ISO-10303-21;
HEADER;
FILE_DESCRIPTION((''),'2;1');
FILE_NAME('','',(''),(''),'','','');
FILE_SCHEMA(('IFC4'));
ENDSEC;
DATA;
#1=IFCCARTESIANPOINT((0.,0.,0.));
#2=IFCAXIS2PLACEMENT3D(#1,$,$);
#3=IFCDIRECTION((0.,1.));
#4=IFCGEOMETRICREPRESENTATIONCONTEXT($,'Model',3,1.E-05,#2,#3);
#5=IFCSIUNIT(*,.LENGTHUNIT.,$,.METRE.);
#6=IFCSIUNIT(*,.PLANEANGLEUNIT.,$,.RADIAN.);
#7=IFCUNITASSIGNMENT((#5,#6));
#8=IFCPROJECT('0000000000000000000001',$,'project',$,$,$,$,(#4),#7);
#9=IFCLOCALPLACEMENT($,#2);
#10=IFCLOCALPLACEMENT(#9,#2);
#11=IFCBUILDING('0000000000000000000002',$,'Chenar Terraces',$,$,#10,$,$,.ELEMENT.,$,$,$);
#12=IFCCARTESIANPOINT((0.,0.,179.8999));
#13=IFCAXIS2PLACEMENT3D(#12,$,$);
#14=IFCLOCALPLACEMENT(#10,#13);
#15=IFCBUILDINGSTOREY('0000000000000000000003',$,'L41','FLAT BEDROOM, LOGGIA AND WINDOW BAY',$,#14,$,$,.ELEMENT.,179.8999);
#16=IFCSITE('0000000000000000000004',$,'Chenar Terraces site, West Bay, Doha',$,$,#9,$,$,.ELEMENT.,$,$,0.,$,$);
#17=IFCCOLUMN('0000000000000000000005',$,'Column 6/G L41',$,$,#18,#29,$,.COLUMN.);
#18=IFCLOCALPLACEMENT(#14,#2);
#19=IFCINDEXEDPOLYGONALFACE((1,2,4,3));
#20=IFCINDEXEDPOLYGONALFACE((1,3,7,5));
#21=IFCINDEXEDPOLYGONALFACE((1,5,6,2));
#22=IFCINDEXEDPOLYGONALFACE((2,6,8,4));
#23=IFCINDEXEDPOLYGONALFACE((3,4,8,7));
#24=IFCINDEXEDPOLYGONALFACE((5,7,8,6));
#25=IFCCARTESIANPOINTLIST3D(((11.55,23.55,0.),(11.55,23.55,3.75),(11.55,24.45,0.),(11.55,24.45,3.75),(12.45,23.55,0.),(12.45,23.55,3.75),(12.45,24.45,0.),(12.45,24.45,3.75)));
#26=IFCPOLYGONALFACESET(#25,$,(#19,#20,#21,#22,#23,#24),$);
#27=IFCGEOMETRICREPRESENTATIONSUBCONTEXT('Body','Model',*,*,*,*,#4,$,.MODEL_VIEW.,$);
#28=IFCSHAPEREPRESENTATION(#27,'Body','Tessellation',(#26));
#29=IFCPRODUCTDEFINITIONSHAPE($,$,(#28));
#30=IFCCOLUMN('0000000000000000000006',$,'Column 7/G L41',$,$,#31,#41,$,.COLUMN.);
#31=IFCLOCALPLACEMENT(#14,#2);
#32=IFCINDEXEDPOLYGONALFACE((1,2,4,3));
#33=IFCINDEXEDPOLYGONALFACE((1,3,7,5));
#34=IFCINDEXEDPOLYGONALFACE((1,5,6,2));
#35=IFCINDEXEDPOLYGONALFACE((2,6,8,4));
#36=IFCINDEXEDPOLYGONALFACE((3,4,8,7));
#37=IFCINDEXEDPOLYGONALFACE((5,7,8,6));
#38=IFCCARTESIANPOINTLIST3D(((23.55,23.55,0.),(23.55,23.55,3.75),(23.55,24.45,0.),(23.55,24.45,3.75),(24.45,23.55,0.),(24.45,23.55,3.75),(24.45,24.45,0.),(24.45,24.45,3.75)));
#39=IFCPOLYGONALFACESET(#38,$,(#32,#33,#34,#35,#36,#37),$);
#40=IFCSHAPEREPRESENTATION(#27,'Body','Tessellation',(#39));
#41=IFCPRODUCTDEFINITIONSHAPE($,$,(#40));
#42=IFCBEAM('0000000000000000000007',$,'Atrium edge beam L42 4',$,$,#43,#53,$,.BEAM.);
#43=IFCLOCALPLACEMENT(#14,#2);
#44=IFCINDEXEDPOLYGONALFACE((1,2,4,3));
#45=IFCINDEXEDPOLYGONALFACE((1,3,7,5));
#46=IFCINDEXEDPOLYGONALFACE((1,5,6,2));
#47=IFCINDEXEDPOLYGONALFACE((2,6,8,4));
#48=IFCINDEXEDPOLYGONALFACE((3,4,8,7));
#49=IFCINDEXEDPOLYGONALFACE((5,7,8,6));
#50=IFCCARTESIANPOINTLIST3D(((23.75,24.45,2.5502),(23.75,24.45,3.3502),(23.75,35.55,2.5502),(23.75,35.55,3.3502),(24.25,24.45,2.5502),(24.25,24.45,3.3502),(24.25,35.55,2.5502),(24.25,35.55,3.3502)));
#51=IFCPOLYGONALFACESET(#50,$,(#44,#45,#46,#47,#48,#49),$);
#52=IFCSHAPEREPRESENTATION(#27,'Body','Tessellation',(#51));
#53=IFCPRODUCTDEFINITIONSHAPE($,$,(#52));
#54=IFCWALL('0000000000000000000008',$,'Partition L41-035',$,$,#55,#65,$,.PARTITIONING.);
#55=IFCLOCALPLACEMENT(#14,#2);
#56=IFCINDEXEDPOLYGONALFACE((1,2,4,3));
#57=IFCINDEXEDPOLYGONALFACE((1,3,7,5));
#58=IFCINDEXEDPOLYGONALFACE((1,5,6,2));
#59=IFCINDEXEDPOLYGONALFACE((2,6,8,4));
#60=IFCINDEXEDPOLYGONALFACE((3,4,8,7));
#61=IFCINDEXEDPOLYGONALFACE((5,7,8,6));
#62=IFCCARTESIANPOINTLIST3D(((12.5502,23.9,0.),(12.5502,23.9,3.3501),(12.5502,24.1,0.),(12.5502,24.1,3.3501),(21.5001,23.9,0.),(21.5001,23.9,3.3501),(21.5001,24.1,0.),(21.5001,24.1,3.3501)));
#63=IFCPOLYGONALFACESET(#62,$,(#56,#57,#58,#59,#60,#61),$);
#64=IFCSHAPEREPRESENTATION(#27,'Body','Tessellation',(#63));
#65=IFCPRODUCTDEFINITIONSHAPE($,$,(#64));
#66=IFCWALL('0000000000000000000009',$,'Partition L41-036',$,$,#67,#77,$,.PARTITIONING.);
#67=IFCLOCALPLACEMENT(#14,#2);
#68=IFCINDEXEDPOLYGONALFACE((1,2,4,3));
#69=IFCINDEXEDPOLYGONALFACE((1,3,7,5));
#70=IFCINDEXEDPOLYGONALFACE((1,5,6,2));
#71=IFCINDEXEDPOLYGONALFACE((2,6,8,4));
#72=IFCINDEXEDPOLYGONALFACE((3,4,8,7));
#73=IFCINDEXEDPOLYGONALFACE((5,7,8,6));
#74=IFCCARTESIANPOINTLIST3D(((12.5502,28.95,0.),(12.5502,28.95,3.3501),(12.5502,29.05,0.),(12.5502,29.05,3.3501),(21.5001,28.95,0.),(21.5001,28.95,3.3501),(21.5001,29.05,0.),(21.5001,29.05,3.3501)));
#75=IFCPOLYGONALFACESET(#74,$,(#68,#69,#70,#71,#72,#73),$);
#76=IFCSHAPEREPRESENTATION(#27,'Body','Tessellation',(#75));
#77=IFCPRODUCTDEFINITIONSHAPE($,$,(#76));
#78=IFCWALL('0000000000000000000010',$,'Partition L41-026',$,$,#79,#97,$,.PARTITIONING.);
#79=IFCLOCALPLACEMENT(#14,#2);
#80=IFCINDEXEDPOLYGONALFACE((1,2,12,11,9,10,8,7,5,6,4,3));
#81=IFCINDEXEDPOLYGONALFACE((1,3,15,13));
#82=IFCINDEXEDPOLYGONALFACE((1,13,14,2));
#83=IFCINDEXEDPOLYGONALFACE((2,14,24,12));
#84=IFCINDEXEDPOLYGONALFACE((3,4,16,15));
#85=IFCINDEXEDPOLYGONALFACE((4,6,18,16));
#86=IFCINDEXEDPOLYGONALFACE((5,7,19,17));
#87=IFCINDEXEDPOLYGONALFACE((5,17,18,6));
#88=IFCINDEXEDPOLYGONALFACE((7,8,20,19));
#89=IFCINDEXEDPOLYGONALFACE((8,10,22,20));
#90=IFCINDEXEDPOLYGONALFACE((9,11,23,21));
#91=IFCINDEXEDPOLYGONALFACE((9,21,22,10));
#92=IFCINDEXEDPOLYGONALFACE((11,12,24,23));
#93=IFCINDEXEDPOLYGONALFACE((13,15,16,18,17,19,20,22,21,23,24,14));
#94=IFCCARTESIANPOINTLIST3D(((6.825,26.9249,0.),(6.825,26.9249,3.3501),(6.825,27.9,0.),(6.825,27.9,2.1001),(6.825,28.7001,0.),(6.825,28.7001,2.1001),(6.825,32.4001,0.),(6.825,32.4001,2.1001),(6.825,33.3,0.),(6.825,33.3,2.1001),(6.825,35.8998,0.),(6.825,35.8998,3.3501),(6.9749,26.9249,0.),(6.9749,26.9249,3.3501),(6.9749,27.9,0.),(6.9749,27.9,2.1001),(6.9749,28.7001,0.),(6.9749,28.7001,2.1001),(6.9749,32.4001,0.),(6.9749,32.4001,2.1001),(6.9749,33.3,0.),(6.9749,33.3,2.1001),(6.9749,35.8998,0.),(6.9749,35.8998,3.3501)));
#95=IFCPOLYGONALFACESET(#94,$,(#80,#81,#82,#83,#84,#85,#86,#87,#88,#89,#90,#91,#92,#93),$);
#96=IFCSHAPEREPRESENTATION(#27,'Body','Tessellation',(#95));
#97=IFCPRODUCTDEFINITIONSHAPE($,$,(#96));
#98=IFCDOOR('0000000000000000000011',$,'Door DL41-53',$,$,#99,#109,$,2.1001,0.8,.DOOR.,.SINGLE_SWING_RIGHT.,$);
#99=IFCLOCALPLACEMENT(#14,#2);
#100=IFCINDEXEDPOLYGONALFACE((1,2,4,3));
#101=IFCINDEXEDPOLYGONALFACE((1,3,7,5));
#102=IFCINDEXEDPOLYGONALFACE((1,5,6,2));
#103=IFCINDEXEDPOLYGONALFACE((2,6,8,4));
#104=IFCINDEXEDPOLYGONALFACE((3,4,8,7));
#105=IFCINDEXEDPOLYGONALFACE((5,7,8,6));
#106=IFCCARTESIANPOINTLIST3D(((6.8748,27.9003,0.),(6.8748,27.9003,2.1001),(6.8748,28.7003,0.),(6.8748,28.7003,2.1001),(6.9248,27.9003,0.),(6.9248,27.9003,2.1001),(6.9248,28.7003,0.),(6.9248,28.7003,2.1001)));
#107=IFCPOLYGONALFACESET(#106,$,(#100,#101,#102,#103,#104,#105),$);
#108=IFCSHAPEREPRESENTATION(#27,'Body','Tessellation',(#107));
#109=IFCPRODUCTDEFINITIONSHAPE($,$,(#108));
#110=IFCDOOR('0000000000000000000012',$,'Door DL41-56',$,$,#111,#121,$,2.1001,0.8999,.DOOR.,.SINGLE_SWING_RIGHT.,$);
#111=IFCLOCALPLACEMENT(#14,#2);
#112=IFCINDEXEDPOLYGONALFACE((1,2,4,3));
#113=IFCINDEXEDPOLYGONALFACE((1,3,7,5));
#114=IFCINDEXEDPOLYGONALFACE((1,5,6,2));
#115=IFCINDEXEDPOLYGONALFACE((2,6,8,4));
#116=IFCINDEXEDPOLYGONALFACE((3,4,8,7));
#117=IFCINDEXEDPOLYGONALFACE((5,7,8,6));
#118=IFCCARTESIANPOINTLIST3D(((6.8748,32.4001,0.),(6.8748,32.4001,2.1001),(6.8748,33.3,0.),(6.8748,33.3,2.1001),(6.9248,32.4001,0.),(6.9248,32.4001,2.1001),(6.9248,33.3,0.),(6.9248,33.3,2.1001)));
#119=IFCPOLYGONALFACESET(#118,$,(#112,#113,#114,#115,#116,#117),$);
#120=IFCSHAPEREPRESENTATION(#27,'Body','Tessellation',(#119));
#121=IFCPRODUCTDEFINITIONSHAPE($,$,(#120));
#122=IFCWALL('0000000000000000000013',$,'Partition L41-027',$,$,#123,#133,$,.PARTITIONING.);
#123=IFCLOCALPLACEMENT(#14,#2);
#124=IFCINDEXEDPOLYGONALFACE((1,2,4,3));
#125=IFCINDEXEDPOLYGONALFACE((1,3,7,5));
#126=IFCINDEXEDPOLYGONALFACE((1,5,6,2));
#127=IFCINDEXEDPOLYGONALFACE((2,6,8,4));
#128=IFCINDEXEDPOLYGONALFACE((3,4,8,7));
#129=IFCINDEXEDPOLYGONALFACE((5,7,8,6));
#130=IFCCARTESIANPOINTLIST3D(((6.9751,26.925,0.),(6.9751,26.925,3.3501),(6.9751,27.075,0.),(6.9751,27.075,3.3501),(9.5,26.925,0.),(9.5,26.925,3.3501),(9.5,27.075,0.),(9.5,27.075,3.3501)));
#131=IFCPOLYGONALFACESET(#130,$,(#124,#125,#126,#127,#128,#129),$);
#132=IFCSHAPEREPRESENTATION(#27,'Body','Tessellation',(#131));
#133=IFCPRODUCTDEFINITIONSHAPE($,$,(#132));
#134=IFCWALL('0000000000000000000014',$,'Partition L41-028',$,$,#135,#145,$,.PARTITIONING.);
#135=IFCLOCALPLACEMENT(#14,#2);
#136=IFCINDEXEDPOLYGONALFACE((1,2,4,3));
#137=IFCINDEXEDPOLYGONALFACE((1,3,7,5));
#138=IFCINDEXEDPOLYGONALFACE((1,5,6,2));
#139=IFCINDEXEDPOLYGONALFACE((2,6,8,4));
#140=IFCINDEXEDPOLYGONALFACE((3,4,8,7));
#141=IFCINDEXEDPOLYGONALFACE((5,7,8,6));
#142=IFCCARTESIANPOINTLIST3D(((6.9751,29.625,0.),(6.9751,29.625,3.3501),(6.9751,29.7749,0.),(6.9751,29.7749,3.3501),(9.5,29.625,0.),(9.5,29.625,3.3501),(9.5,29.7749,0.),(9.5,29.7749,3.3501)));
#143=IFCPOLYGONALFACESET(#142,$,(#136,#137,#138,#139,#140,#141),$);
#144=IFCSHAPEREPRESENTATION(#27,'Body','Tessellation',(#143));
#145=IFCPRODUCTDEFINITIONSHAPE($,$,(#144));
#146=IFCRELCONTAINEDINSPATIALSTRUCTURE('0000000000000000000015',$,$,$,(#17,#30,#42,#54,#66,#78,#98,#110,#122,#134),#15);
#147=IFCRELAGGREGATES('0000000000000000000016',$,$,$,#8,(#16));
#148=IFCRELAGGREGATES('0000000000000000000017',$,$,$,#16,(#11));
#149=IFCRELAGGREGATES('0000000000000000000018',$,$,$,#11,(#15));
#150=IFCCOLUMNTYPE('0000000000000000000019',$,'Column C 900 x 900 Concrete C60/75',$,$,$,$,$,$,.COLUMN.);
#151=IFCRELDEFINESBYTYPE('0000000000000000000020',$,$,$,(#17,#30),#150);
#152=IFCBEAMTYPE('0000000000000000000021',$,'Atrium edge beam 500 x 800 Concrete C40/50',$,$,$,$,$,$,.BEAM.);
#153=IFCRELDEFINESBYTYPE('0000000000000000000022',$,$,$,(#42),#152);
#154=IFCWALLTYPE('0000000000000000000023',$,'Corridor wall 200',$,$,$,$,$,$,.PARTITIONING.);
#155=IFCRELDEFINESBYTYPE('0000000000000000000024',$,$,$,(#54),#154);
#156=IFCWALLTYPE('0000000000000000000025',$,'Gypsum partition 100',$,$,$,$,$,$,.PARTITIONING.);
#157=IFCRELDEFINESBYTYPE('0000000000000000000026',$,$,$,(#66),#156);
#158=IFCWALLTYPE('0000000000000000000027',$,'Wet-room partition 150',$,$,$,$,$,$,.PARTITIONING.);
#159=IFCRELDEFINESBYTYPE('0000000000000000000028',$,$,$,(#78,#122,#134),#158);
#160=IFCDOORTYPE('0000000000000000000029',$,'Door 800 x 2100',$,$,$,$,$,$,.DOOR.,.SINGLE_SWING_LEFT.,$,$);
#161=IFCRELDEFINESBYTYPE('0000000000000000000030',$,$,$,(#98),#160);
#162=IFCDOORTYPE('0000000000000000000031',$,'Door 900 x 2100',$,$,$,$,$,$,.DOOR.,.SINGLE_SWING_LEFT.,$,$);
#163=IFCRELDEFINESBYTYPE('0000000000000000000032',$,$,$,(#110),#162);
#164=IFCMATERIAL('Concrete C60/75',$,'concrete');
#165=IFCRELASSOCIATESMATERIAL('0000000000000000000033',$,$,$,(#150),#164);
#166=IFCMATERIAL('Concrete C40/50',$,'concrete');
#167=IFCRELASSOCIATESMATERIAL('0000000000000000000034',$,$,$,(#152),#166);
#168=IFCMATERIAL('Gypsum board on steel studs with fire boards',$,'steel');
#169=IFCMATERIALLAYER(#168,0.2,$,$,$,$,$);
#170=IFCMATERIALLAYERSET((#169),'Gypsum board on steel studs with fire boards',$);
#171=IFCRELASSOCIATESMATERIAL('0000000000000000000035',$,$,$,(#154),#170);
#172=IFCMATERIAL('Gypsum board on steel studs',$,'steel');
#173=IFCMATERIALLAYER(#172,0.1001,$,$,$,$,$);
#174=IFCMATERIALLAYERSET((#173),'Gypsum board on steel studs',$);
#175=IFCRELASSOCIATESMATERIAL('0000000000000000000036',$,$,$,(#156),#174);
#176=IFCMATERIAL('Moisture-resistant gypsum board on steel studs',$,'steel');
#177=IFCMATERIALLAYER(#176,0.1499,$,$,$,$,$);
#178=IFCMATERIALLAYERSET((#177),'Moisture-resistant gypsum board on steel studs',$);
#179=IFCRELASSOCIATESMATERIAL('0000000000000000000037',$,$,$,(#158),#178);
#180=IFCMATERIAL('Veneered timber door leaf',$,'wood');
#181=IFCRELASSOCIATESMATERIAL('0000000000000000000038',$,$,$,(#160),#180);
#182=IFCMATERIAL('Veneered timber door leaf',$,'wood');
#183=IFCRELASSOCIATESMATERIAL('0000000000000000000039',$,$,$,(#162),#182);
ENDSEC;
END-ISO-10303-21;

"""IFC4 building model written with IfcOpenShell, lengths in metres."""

from ifc_helpers import new_model, si_unit, direction, frame, frame_2d, origin, origin_2d, place, context, subcontext, project, spatial, rectangle, extrude, material, layer, layer_set, material_profile, profile_set, type_object, element, fill, save


model = new_model("IFC4")

# Units and contexts
model_context = context("Model", 3, precision=1e-05, world=origin(), true_north=direction((0.0, 1.0)))
body_context = subcontext(model_context, "Body", "Model", "MODEL_VIEW")
ifc_project = project(units=[si_unit("LENGTHUNIT", "METRE"), si_unit("PLANEANGLEUNIT", "RADIAN")], contexts=[model_context])

# Site, building, storey
site_placement = place(None, origin())
site = spatial("IfcSite", under=ifc_project, at=site_placement, Name="Chenar Terraces site, West Bay, Doha", CompositionType="ELEMENT", RefElevation=0.0)
building_placement = place(site_placement, origin())
building = spatial("IfcBuilding", under=site, at=building_placement, Name="Chenar Terraces", CompositionType="ELEMENT")
storey_placement = place(building_placement, frame((0.0, 0.0, 179.8999)))
storey = spatial("IfcBuildingStorey", under=building, at=storey_placement, Name="L41", Description="FLAT BEDROOM, LOGGIA AND WINDOW BAY", CompositionType="ELEMENT", Elevation=179.8999)

# Columns
ifc_material_1 = material(Name="Concrete C60/75", Category="concrete")
ifc_material_profile_1 = material_profile(ifc_material_1, rectangle(XDim=0.8999, YDim=0.8999, at=origin_2d()), Name="C 900 x 900")
ifc_profile_set_1 = profile_set([ifc_material_profile_1], Name="Concrete C60/75")
column_type = type_object("IfcColumnType", Name="Column C 900 x 900 Concrete C60/75", PredefinedType="COLUMN", material=ifc_profile_set_1)
for number, where, z_axis, x_axis, name in (
    (1, (12.0, 24.0, 0.0), (0.0, 0.0, 1.0), (1.0, 0.0, 0.0), "Column 6/G L41"),
    (2, (24.0, 24.0, 0.0), (0.0, 0.0, 1.0), (1.0, 0.0, 0.0), "Column 7/G L41"),
):
    element("IfcColumn", number, at=place(storey_placement, frame(where, z_axis=z_axis, x_axis=x_axis)), inside=storey, type_object=column_type, Name=name, PredefinedType="COLUMN", context=body_context, shape_type="SweptSolid", body=[
        extrude(rectangle(XDim=0.8999, YDim=0.8999, at=origin_2d()), origin(), (0.0, 0.0, 1.0), 3.75),
    ])

# Beam
ifc_material_2 = material(Name="Concrete C40/50", Category="concrete")
ifc_material_profile_2 = material_profile(ifc_material_2, rectangle(XDim=0.5, YDim=0.8, at=origin_2d()), Name="RC 500 x 800")
ifc_profile_set_2 = profile_set([ifc_material_profile_2], Name="Concrete C40/50")
beam_type = type_object("IfcBeamType", Name="Atrium edge beam 500 x 800 Concrete C40/50", PredefinedType="BEAM", material=ifc_profile_set_2)
beam_placement = place(storey_placement, frame((24.0, 35.55, 2.9502), z_axis=(0.0, -1.0, 0.0), x_axis=(1.0, 0.0, 0.0)))
element("IfcBeam", 3, at=beam_placement, inside=storey, type_object=beam_type, Name="Atrium edge beam L42 4", PredefinedType="BEAM", context=body_context, shape_type="SweptSolid", body=[
    extrude(rectangle(XDim=0.5, YDim=0.8, at=origin_2d()), origin(), (0.0, 0.0, 1.0), 11.1001),
])

# Walls
ifc_material_3 = material(Name="Gypsum board on steel studs with fire boards", Category="steel")
ifc_layer_1 = layer(ifc_material_3, 0.2)
ifc_layer_set_1 = layer_set([ifc_layer_1], Name="Gypsum board on steel studs with fire boards")
wall_type_1 = type_object("IfcWallType", Name="Corridor wall 200", PredefinedType="PARTITIONING", material=ifc_layer_set_1)
wall_1_placement = place(storey_placement, frame((12.55, 24.0, 0.0), z_axis=(0.0, 0.0, 1.0), x_axis=(1.0, 0.0, 0.0)))
element("IfcWall", 4, at=wall_1_placement, inside=storey, type_object=wall_type_1, Name="Partition L41-035", PredefinedType="PARTITIONING", context=body_context, shape_type="SweptSolid", body=[
    extrude(rectangle(XDim=8.95, YDim=0.2, at=frame_2d((4.4751, 0.0))), origin(), (0.0, 0.0, 1.0), 3.3501),
])
ifc_material_4 = material(Name="Gypsum board on steel studs", Category="steel")
ifc_layer_2 = layer(ifc_material_4, 0.1001)
ifc_layer_set_2 = layer_set([ifc_layer_2], Name="Gypsum board on steel studs")
wall_type_2 = type_object("IfcWallType", Name="Gypsum partition 100", PredefinedType="PARTITIONING", material=ifc_layer_set_2)
wall_2_placement = place(storey_placement, frame((12.55, 29.0, 0.0), z_axis=(0.0, 0.0, 1.0), x_axis=(1.0, 0.0, 0.0)))
element("IfcWall", 5, at=wall_2_placement, inside=storey, type_object=wall_type_2, Name="Partition L41-036", PredefinedType="PARTITIONING", context=body_context, shape_type="SweptSolid", body=[
    extrude(rectangle(XDim=8.95, YDim=0.1001, at=frame_2d((4.4751, 0.0))), origin(), (0.0, 0.0, 1.0), 3.3501),
])

# Wall, openings, doors
ifc_material_5 = material(Name="Moisture-resistant gypsum board on steel studs", Category="steel")
ifc_layer_3 = layer(ifc_material_5, 0.1499)
ifc_layer_set_3 = layer_set([ifc_layer_3], Name="Moisture-resistant gypsum board on steel studs")
wall_type_3 = type_object("IfcWallType", Name="Wet-room partition 150", PredefinedType="PARTITIONING", material=ifc_layer_set_3)
wall_3_placement = place(storey_placement, frame((6.8999, 26.925, 0.0), z_axis=(0.0, 0.0, 1.0), x_axis=(0.0, 1.0, 0.0)))
wall_3 = element("IfcWall", 6, at=wall_3_placement, inside=storey, type_object=wall_type_3, Name="Partition L41-026", PredefinedType="PARTITIONING", context=body_context, shape_type="SweptSolid", body=[
    extrude(rectangle(XDim=8.9749, YDim=0.1499, at=frame_2d((4.4873, 0.0))), origin(), (0.0, 0.0, 1.0), 3.3501),
])
opening_1_placement = place(wall_3_placement, frame((0.9751, 0.0, 0.0)))
opening_1 = element("IfcOpeningElement", 7, at=opening_1_placement, cuts=wall_3, PredefinedType="OPENING", context=body_context, shape_type="SweptSolid", body=[
    extrude(rectangle(XDim=0.8, YDim=2.1001, at=frame_2d((0.3999, 1.05))), frame((0.0, 0.085, 0.0), z_axis=(0.0, -1.0, 0.0), x_axis=(1.0, 0.0, 0.0)), (0.0, 0.0, 1.0), 0.1699),
])
opening_2_placement = place(wall_3_placement, frame((5.4751, 0.0, 0.0)))
opening_2 = element("IfcOpeningElement", 8, at=opening_2_placement, cuts=wall_3, PredefinedType="OPENING", context=body_context, shape_type="SweptSolid", body=[
    extrude(rectangle(XDim=0.8999, YDim=2.1001, at=frame_2d((0.45, 1.05))), frame((0.0, 0.085, 0.0), z_axis=(0.0, -1.0, 0.0), x_axis=(1.0, 0.0, 0.0)), (0.0, 0.0, 1.0), 0.1699),
])
ifc_material_6 = material(Name="Veneered timber door leaf", Category="wood")
door_type_1 = type_object("IfcDoorType", Name="Door 800 x 2100", OperationType="SINGLE_SWING_LEFT", PredefinedType="DOOR", material=ifc_material_6)
door_1_placement = place(opening_1_placement, frame((0.8, 0.0, 0.0), z_axis=(0.0, 0.0, 1.0), x_axis=(-1.0, 0.0, 0.0)))
door_1 = element("IfcDoor", 9, at=door_1_placement, inside=storey, type_object=door_type_1, Name="Door DL41-53", OperationType="SINGLE_SWING_RIGHT", OverallHeight=2.1001, OverallWidth=0.8, PredefinedType="DOOR", context=body_context, shape_type="SweptSolid", body=[
    extrude(rectangle(XDim=0.8, YDim=2.1001, at=frame_2d((0.3999, 1.05))), frame((0.0, 0.0249, 0.0), z_axis=(0.0, -1.0, 0.0), x_axis=(1.0, 0.0, 0.0)), (0.0, 0.0, 1.0), 0.05),
])
fill(opening_1, door_1)
ifc_material_7 = material(Name="Veneered timber door leaf", Category="wood")
door_type_2 = type_object("IfcDoorType", Name="Door 900 x 2100", OperationType="SINGLE_SWING_LEFT", PredefinedType="DOOR", material=ifc_material_7)
door_2_placement = place(opening_2_placement, frame((0.8999, 0.0, 0.0), z_axis=(0.0, 0.0, 1.0), x_axis=(-1.0, 0.0, 0.0)))
door_2 = element("IfcDoor", 10, at=door_2_placement, inside=storey, type_object=door_type_2, Name="Door DL41-56", OperationType="SINGLE_SWING_RIGHT", OverallHeight=2.1001, OverallWidth=0.8999, PredefinedType="DOOR", context=body_context, shape_type="SweptSolid", body=[
    extrude(rectangle(XDim=0.8999, YDim=2.1001, at=frame_2d((0.45, 1.05))), frame((0.0, 0.0249, 0.0), z_axis=(0.0, -1.0, 0.0), x_axis=(1.0, 0.0, 0.0)), (0.0, 0.0, 1.0), 0.05),
])
fill(opening_2, door_2)

# Walls
for number, where, z_axis, x_axis, name in (
    (11, (6.9751, 27.0, 0.0), (0.0, 0.0, 1.0), (1.0, 0.0, 0.0), "Partition L41-027"),
    (12, (6.9751, 29.7, 0.0), (0.0, 0.0, 1.0), (1.0, 0.0, 0.0), "Partition L41-028"),
):
    element("IfcWall", number, at=place(storey_placement, frame(where, z_axis=z_axis, x_axis=x_axis)), inside=storey, type_object=wall_type_3, Name=name, PredefinedType="PARTITIONING", context=body_context, shape_type="SweptSolid", body=[
        extrude(rectangle(XDim=2.5249, YDim=0.1499, at=frame_2d((1.2625, 0.0))), origin(), (0.0, 0.0, 1.0), 3.3501),
    ])

save(model, "model.ifc")
